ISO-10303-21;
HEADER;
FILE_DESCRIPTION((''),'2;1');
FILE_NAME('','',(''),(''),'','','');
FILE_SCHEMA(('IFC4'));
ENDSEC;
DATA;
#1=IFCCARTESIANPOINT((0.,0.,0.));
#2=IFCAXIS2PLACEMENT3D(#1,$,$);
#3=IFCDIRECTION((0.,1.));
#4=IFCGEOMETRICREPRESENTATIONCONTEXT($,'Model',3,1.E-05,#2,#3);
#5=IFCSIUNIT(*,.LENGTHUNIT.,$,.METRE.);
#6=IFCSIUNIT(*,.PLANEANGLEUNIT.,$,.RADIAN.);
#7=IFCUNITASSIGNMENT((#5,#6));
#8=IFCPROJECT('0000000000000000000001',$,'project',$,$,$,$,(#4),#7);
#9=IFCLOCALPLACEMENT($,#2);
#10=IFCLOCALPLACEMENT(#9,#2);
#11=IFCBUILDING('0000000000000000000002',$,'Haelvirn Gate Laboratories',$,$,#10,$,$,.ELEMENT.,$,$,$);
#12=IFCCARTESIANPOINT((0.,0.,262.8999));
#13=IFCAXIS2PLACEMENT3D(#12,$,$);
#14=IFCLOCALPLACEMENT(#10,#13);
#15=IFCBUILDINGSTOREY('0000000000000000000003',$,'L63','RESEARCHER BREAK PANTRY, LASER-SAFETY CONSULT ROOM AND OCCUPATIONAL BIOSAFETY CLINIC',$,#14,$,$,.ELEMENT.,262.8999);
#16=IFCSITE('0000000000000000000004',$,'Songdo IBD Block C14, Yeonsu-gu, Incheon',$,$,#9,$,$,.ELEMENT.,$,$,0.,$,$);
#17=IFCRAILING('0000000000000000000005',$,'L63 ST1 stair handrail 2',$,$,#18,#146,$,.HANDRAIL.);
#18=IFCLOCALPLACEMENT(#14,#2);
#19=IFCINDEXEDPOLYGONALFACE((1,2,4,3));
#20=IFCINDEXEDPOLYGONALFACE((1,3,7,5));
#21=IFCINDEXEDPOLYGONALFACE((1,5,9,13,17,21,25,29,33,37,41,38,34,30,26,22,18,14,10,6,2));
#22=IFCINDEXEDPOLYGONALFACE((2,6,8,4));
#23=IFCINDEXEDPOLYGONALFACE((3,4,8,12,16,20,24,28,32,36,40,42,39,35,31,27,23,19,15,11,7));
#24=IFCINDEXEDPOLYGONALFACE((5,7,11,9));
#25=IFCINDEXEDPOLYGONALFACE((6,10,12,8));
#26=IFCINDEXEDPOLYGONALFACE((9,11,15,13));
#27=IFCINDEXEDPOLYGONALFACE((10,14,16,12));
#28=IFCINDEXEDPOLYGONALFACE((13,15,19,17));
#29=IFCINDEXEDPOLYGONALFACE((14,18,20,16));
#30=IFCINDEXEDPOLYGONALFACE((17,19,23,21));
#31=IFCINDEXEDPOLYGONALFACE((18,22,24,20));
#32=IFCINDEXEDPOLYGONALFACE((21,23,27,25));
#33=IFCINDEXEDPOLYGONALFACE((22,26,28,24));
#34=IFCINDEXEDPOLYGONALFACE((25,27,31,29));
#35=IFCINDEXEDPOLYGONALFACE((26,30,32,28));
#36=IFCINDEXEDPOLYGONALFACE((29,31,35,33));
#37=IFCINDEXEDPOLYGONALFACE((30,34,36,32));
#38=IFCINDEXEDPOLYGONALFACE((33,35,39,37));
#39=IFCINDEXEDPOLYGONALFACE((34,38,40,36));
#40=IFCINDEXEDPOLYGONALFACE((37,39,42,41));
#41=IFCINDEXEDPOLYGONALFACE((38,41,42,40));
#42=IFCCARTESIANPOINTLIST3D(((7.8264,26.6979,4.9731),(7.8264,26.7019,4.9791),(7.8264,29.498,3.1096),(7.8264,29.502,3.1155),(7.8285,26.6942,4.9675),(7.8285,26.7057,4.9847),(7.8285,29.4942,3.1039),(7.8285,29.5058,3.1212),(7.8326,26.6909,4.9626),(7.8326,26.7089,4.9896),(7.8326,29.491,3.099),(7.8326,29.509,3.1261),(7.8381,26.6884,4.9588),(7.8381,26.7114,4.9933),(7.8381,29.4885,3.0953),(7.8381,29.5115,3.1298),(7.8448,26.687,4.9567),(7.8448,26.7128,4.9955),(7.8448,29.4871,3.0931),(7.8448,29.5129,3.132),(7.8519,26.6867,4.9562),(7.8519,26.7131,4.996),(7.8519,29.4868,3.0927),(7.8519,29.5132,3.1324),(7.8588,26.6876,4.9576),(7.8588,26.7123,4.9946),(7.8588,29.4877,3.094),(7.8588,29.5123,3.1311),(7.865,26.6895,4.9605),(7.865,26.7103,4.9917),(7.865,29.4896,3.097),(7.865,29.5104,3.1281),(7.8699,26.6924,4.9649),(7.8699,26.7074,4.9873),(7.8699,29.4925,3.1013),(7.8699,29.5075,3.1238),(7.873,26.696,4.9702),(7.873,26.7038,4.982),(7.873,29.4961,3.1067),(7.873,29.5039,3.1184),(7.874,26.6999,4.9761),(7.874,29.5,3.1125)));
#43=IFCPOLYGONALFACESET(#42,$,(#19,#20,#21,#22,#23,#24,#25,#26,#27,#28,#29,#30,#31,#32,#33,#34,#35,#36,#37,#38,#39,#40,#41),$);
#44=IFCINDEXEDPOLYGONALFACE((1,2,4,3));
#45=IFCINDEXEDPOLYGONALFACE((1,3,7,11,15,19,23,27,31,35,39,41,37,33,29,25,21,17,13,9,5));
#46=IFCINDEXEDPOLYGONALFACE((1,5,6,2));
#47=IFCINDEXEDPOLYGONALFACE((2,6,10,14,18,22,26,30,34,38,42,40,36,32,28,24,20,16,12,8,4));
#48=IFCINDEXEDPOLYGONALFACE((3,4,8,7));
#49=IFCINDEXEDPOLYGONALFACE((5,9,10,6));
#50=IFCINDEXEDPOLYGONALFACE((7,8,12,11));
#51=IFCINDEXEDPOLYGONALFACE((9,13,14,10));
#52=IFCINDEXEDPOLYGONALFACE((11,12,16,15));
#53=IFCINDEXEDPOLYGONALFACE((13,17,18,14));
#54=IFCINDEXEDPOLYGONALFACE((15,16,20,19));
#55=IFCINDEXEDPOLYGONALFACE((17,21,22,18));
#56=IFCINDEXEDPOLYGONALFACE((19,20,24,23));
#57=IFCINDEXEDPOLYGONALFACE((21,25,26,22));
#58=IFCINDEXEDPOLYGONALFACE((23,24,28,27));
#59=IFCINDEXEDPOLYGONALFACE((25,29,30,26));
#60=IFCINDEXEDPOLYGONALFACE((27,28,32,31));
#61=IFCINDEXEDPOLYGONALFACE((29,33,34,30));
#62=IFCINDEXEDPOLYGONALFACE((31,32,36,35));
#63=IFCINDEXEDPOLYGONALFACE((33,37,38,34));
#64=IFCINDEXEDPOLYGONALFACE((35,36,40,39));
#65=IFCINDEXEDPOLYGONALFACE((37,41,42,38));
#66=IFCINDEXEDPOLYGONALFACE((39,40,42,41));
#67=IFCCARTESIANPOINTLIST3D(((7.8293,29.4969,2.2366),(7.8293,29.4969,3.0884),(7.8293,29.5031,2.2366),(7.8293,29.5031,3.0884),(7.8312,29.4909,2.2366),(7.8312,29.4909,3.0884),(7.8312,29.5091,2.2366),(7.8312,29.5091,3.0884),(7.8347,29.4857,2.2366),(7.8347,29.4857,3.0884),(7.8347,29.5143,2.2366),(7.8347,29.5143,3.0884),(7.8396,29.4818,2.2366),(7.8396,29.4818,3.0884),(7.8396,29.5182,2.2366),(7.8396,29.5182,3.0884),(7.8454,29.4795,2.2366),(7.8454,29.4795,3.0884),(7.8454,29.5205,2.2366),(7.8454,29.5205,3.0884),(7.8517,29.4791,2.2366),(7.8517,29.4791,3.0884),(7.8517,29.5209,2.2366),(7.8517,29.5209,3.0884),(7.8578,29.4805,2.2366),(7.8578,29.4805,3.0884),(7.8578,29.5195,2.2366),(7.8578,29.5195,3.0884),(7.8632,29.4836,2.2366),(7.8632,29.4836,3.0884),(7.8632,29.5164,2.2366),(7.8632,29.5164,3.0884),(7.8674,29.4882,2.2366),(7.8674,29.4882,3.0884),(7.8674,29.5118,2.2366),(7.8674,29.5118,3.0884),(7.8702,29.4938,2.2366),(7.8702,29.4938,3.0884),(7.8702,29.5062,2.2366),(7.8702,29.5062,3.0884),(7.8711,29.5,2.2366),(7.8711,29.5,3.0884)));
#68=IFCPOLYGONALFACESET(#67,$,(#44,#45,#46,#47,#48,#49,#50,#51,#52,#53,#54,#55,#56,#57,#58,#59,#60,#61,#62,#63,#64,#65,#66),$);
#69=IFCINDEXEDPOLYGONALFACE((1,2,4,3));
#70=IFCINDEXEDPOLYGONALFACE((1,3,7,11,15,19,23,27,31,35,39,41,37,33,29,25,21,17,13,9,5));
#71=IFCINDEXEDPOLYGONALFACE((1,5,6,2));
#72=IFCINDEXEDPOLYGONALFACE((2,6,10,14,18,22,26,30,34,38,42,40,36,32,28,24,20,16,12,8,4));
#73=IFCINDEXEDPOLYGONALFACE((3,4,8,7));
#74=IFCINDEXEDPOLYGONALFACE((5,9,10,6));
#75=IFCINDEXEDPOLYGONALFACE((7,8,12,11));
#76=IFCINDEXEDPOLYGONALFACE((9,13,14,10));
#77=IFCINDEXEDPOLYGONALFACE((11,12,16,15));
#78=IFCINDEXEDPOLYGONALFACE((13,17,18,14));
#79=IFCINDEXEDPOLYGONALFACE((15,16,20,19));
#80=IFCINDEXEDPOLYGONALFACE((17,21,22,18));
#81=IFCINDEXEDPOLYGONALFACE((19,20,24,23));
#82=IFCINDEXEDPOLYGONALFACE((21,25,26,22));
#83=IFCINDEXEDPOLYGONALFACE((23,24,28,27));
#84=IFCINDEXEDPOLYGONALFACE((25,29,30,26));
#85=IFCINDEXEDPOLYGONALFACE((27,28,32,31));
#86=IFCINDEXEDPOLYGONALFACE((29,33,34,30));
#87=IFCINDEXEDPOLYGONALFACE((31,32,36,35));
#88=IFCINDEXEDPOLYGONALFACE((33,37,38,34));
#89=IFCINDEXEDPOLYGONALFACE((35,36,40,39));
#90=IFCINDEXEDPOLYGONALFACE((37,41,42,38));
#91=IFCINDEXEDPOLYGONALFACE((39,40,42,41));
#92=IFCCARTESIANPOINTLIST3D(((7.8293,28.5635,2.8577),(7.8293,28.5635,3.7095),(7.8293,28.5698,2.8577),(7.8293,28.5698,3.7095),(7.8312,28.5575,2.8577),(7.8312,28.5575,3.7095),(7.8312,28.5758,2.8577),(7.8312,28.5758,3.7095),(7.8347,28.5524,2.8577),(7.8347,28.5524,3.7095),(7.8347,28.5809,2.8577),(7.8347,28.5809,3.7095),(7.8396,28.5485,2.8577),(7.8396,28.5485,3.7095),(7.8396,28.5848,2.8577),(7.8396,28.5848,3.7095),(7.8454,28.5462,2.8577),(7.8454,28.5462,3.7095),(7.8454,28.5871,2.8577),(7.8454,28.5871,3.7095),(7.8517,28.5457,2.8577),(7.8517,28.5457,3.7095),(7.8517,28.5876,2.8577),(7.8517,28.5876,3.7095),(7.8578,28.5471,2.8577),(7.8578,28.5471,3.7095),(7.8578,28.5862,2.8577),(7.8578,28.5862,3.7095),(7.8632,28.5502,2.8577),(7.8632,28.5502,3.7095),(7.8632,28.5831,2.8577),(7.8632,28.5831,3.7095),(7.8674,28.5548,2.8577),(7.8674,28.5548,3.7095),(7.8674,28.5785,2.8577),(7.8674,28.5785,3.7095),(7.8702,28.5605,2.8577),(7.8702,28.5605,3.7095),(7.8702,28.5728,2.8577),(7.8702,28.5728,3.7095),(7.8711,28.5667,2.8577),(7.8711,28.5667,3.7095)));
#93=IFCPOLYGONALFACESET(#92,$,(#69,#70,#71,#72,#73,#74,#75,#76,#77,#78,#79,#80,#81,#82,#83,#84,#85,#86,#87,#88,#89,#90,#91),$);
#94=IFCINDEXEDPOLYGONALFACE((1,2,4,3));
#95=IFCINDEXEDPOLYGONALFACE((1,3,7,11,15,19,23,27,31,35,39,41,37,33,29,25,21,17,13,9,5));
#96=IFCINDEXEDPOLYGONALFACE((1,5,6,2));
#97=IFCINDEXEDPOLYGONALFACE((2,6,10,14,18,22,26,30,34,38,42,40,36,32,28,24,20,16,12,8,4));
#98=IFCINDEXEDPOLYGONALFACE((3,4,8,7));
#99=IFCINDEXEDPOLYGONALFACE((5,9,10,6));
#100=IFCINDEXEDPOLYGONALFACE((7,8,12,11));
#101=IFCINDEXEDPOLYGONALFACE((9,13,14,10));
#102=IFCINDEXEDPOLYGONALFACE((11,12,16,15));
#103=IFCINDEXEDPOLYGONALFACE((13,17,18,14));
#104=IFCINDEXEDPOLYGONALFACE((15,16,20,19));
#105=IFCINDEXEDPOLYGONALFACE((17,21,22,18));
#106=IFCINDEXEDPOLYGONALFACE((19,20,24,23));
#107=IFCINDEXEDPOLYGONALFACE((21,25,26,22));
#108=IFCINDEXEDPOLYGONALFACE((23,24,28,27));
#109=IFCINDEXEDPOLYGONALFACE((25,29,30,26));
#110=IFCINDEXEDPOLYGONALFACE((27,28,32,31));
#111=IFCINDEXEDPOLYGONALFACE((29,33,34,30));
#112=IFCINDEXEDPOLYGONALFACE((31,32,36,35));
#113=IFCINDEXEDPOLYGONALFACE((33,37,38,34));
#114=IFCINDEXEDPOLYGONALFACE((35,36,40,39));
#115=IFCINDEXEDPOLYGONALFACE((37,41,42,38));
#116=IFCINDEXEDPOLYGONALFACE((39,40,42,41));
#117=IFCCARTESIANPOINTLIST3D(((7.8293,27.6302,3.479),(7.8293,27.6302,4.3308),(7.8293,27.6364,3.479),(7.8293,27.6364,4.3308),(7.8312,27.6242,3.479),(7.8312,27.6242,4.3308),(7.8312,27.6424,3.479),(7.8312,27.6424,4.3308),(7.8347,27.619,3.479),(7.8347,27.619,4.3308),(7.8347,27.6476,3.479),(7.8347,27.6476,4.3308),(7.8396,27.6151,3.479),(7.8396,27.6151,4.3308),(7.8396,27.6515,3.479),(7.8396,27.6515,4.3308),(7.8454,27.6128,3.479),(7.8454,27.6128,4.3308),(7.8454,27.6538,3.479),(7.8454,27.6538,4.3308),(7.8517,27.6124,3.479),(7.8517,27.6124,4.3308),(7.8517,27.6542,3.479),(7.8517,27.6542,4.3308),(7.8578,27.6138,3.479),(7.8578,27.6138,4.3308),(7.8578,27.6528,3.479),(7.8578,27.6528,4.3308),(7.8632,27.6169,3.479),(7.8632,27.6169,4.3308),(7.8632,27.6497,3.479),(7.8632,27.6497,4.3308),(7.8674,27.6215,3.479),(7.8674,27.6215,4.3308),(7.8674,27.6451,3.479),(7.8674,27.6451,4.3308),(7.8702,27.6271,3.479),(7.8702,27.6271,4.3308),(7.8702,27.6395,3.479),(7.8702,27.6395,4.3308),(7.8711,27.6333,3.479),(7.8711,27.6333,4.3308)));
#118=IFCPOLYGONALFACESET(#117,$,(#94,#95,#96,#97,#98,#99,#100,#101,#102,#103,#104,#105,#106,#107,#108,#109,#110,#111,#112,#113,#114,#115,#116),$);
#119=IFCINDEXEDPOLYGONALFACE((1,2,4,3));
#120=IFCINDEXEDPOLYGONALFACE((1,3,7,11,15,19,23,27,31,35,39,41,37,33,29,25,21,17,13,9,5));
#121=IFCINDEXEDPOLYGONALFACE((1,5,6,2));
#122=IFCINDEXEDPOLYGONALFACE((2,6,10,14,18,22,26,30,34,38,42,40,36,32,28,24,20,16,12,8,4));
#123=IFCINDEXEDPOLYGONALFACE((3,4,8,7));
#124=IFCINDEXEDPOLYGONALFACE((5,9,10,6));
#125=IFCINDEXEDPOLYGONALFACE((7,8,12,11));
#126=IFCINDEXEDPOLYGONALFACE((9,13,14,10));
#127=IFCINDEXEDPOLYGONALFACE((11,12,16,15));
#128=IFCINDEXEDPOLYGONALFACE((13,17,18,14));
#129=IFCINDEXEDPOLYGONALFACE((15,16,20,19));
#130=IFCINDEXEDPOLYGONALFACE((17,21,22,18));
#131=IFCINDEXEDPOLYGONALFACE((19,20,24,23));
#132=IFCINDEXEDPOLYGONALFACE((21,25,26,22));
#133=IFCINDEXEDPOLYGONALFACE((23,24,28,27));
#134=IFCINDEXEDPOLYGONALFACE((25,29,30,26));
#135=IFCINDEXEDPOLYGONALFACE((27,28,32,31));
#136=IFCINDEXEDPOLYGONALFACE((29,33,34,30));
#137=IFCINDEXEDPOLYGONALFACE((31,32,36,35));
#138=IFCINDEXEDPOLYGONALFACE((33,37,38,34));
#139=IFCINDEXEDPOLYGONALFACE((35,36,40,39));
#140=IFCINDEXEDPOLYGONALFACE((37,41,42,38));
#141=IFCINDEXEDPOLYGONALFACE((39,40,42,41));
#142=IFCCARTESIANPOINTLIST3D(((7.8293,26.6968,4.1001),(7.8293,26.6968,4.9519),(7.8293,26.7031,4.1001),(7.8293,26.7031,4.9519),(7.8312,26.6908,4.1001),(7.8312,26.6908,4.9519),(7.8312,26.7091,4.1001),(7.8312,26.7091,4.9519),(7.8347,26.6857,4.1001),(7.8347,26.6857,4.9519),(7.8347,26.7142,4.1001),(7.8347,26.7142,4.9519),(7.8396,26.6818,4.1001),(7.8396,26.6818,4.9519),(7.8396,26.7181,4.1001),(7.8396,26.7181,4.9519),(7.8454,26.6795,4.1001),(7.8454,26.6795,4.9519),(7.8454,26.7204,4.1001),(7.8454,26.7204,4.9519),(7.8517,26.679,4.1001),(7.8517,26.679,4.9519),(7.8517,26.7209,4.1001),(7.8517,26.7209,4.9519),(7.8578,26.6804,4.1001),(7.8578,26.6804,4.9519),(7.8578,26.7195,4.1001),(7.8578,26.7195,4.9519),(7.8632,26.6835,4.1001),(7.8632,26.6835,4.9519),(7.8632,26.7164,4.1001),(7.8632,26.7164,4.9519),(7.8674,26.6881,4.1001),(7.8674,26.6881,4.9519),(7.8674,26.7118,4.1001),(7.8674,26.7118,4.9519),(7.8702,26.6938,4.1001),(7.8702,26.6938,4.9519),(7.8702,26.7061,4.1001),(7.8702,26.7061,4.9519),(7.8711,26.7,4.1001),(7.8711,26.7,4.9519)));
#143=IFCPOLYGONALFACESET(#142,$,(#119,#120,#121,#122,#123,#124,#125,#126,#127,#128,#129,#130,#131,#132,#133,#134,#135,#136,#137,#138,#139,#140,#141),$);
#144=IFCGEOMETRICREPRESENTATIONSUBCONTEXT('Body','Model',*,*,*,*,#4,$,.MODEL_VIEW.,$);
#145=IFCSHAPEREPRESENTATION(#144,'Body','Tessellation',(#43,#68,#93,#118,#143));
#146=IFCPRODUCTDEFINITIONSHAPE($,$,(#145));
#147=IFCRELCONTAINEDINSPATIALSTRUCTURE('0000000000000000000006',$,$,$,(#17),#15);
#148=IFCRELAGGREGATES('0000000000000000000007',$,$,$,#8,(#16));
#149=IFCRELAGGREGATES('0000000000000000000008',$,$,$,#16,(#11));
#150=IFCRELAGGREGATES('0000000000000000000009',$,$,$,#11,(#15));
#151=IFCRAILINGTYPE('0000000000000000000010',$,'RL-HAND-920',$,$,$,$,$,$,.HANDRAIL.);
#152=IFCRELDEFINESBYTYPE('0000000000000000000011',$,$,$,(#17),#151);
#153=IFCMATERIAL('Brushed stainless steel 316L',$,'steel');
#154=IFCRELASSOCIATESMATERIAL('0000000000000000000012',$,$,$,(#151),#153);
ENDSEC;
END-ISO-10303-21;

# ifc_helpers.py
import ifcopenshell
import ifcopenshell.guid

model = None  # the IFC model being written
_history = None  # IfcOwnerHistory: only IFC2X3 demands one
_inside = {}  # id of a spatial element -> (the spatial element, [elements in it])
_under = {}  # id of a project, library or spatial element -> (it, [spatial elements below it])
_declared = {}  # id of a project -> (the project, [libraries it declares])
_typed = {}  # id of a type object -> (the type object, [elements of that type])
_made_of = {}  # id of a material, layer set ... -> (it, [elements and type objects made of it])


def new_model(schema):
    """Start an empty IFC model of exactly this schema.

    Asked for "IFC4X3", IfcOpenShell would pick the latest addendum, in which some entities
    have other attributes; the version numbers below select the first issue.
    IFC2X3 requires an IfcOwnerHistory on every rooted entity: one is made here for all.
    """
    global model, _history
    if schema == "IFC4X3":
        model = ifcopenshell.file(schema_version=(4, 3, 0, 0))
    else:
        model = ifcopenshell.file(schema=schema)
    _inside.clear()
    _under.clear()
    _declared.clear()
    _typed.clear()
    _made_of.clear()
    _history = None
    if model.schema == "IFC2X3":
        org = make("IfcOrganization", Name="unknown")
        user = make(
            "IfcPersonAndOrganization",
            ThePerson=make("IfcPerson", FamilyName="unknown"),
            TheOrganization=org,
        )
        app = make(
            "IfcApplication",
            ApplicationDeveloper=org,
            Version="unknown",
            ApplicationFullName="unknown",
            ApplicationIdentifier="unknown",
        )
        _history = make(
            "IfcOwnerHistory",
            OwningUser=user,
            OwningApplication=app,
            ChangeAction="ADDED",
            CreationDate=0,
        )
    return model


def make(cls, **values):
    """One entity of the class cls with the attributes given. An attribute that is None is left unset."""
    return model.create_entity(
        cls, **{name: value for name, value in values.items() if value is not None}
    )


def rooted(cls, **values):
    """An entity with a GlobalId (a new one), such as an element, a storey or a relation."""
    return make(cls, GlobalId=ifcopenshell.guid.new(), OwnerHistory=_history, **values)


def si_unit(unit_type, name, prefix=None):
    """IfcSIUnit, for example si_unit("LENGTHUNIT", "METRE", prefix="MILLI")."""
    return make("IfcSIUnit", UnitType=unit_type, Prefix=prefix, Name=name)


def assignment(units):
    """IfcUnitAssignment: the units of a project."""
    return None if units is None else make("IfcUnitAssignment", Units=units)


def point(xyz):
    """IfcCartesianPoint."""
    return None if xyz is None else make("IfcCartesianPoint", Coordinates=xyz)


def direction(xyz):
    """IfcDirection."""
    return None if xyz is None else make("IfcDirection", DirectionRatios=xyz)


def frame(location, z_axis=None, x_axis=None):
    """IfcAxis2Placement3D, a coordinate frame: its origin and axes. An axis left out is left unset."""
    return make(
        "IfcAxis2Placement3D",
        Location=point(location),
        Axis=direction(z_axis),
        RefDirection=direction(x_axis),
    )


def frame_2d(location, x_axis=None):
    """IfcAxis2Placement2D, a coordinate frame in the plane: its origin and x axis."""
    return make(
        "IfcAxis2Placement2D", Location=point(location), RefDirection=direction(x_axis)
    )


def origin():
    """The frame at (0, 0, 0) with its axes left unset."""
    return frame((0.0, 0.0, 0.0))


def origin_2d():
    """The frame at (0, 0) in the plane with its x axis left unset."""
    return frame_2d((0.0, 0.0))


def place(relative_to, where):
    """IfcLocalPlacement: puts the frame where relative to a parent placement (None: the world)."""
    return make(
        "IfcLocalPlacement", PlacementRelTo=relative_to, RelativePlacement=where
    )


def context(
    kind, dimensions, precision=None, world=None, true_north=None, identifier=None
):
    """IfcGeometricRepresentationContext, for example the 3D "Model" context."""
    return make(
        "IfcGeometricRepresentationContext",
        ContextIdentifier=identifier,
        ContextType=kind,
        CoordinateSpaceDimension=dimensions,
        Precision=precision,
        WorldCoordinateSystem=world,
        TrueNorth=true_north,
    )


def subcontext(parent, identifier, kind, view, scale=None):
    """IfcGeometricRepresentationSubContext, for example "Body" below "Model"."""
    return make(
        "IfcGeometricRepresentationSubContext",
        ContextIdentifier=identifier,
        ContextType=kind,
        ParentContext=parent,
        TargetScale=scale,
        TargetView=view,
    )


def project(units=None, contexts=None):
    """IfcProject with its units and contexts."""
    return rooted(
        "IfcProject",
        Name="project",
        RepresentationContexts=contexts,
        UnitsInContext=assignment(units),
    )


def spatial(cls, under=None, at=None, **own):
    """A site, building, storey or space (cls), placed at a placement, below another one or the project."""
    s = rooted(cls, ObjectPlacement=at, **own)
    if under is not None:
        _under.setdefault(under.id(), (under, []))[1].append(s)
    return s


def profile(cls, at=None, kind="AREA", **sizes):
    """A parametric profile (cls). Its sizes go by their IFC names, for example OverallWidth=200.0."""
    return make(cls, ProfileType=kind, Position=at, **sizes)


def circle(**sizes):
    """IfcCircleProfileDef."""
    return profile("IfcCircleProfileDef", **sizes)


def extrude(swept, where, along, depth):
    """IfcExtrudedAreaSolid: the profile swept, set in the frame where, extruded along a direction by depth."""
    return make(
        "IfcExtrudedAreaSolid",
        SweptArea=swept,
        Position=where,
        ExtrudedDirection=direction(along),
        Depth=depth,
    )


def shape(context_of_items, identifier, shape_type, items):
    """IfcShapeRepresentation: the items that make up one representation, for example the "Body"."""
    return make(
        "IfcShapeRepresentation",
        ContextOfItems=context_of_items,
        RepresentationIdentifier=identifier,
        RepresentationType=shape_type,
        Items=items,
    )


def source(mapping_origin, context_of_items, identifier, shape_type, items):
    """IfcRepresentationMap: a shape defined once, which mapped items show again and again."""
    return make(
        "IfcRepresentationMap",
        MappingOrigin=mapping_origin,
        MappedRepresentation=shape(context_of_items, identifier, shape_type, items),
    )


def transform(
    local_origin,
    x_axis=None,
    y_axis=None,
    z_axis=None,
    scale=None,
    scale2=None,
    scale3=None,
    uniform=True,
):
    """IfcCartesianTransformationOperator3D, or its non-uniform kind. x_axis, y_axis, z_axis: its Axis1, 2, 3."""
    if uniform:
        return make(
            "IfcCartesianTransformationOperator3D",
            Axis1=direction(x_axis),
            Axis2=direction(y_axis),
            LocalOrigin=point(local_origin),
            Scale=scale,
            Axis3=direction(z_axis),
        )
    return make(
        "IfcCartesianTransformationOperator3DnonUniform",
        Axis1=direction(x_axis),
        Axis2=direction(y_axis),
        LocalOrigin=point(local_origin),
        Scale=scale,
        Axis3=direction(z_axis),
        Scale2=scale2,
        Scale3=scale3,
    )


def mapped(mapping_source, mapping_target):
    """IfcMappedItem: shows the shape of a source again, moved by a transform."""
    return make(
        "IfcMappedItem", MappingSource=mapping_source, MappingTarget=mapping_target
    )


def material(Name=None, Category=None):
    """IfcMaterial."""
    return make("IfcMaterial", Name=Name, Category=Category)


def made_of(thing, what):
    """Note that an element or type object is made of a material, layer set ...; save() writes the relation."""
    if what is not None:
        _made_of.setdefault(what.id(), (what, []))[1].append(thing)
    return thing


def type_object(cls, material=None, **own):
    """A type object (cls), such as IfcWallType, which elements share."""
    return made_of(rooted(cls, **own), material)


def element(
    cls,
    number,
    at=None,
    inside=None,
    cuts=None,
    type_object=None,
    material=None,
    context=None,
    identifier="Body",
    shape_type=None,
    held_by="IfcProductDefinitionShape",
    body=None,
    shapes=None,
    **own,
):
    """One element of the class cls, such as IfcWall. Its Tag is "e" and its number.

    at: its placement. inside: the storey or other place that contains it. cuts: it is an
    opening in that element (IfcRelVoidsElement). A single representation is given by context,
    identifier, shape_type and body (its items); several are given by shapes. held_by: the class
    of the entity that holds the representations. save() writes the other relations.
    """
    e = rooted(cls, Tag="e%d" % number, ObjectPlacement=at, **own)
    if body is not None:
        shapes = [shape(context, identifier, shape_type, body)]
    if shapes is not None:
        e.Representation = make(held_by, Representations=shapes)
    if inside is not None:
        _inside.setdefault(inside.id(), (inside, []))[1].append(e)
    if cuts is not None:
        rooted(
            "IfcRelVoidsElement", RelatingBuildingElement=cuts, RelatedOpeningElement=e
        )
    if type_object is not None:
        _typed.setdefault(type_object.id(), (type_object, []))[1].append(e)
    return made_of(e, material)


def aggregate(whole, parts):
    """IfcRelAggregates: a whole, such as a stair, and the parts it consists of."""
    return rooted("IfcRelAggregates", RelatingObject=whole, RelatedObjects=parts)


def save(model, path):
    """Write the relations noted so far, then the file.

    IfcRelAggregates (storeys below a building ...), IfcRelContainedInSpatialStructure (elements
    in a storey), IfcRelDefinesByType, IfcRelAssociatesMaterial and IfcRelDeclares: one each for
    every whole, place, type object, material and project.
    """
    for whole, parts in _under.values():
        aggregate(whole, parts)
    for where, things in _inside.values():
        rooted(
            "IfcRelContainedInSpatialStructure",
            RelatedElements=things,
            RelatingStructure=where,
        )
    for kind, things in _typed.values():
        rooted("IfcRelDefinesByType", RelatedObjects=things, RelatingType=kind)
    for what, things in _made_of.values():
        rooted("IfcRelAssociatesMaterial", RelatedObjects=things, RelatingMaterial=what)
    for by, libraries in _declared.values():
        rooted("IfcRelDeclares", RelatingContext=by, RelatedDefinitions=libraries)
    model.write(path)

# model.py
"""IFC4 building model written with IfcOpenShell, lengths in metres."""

from ifc_helpers import new_model, si_unit, direction, frame, origin, origin_2d, place, context, subcontext, project, spatial, circle, extrude, source, transform, mapped, material, type_object, element, save


model = new_model("IFC4")

# Units and contexts
model_context = context("Model", 3, precision=1e-05, world=origin(), true_north=direction((0.0, 1.0)))
body_context = subcontext(model_context, "Body", "Model", "MODEL_VIEW")
ifc_project = project(units=[si_unit("LENGTHUNIT", "METRE"), si_unit("PLANEANGLEUNIT", "RADIAN")], contexts=[model_context])

# Site, building, storey
site_placement = place(None, origin())
site = spatial("IfcSite", under=ifc_project, at=site_placement, Name="Songdo IBD Block C14, Yeonsu-gu, Incheon", CompositionType="ELEMENT", RefElevation=0.0)
building_placement = place(site_placement, origin())
building = spatial("IfcBuilding", under=site, at=building_placement, Name="Haelvirn Gate Laboratories", CompositionType="ELEMENT")
storey_placement = place(building_placement, frame((0.0, 0.0, 262.8999)))
storey = spatial("IfcBuildingStorey", under=building, at=storey_placement, Name="L63", Description="RESEARCHER BREAK PANTRY, LASER-SAFETY CONSULT ROOM AND OCCUPATIONAL BIOSAFETY CLINIC", CompositionType="ELEMENT", Elevation=262.8999)

# Railing
ifc_material_1 = material(Name="Brushed stainless steel 316L", Category="steel")
railing_type_1 = type_object("IfcRailingType", Name="RL-HAND-920", PredefinedType="HANDRAIL", material=ifc_material_1)
shared_shape_1 = source(origin(), body_context, "Body", "SweptSolid", [
    extrude(circle(Radius=0.0239, at=origin_2d()), frame((0.0, 0.0, 0.876), z_axis=(0.0, -0.832486, 0.554047), x_axis=(1.0, 0.0, 0.0)), (0.0, 0.0, 1.0), 3.3635),
    extrude(circle(Radius=0.021, at=origin_2d()), origin(), (0.0, 0.0, 1.0), 0.8518),
    extrude(circle(Radius=0.021, at=origin_2d()), frame((0.0, -0.9333, 0.6211)), (0.0, 0.0, 1.0), 0.8518),
    extrude(circle(Radius=0.021, at=origin_2d()), frame((0.0, -1.8667, 1.2424)), (0.0, 0.0, 1.0), 0.8518),
    extrude(circle(Radius=0.021, at=origin_2d()), frame((0.0, -2.8, 1.8635)), (0.0, 0.0, 1.0), 0.8518),
])
railing_1_placement = place(storey_placement, frame((7.8501, 29.5, 2.2366)))
element("IfcRailing", 1, at=railing_1_placement, inside=storey, type_object=railing_type_1, Name="L63 ST1 stair handrail 2", PredefinedType="HANDRAIL", context=body_context, shape_type="MappedRepresentation", body=[
    mapped(shared_shape_1, transform((0.0, 0.0, 0.0), scale=1.0)),
])

save(model, "model.ifc")
